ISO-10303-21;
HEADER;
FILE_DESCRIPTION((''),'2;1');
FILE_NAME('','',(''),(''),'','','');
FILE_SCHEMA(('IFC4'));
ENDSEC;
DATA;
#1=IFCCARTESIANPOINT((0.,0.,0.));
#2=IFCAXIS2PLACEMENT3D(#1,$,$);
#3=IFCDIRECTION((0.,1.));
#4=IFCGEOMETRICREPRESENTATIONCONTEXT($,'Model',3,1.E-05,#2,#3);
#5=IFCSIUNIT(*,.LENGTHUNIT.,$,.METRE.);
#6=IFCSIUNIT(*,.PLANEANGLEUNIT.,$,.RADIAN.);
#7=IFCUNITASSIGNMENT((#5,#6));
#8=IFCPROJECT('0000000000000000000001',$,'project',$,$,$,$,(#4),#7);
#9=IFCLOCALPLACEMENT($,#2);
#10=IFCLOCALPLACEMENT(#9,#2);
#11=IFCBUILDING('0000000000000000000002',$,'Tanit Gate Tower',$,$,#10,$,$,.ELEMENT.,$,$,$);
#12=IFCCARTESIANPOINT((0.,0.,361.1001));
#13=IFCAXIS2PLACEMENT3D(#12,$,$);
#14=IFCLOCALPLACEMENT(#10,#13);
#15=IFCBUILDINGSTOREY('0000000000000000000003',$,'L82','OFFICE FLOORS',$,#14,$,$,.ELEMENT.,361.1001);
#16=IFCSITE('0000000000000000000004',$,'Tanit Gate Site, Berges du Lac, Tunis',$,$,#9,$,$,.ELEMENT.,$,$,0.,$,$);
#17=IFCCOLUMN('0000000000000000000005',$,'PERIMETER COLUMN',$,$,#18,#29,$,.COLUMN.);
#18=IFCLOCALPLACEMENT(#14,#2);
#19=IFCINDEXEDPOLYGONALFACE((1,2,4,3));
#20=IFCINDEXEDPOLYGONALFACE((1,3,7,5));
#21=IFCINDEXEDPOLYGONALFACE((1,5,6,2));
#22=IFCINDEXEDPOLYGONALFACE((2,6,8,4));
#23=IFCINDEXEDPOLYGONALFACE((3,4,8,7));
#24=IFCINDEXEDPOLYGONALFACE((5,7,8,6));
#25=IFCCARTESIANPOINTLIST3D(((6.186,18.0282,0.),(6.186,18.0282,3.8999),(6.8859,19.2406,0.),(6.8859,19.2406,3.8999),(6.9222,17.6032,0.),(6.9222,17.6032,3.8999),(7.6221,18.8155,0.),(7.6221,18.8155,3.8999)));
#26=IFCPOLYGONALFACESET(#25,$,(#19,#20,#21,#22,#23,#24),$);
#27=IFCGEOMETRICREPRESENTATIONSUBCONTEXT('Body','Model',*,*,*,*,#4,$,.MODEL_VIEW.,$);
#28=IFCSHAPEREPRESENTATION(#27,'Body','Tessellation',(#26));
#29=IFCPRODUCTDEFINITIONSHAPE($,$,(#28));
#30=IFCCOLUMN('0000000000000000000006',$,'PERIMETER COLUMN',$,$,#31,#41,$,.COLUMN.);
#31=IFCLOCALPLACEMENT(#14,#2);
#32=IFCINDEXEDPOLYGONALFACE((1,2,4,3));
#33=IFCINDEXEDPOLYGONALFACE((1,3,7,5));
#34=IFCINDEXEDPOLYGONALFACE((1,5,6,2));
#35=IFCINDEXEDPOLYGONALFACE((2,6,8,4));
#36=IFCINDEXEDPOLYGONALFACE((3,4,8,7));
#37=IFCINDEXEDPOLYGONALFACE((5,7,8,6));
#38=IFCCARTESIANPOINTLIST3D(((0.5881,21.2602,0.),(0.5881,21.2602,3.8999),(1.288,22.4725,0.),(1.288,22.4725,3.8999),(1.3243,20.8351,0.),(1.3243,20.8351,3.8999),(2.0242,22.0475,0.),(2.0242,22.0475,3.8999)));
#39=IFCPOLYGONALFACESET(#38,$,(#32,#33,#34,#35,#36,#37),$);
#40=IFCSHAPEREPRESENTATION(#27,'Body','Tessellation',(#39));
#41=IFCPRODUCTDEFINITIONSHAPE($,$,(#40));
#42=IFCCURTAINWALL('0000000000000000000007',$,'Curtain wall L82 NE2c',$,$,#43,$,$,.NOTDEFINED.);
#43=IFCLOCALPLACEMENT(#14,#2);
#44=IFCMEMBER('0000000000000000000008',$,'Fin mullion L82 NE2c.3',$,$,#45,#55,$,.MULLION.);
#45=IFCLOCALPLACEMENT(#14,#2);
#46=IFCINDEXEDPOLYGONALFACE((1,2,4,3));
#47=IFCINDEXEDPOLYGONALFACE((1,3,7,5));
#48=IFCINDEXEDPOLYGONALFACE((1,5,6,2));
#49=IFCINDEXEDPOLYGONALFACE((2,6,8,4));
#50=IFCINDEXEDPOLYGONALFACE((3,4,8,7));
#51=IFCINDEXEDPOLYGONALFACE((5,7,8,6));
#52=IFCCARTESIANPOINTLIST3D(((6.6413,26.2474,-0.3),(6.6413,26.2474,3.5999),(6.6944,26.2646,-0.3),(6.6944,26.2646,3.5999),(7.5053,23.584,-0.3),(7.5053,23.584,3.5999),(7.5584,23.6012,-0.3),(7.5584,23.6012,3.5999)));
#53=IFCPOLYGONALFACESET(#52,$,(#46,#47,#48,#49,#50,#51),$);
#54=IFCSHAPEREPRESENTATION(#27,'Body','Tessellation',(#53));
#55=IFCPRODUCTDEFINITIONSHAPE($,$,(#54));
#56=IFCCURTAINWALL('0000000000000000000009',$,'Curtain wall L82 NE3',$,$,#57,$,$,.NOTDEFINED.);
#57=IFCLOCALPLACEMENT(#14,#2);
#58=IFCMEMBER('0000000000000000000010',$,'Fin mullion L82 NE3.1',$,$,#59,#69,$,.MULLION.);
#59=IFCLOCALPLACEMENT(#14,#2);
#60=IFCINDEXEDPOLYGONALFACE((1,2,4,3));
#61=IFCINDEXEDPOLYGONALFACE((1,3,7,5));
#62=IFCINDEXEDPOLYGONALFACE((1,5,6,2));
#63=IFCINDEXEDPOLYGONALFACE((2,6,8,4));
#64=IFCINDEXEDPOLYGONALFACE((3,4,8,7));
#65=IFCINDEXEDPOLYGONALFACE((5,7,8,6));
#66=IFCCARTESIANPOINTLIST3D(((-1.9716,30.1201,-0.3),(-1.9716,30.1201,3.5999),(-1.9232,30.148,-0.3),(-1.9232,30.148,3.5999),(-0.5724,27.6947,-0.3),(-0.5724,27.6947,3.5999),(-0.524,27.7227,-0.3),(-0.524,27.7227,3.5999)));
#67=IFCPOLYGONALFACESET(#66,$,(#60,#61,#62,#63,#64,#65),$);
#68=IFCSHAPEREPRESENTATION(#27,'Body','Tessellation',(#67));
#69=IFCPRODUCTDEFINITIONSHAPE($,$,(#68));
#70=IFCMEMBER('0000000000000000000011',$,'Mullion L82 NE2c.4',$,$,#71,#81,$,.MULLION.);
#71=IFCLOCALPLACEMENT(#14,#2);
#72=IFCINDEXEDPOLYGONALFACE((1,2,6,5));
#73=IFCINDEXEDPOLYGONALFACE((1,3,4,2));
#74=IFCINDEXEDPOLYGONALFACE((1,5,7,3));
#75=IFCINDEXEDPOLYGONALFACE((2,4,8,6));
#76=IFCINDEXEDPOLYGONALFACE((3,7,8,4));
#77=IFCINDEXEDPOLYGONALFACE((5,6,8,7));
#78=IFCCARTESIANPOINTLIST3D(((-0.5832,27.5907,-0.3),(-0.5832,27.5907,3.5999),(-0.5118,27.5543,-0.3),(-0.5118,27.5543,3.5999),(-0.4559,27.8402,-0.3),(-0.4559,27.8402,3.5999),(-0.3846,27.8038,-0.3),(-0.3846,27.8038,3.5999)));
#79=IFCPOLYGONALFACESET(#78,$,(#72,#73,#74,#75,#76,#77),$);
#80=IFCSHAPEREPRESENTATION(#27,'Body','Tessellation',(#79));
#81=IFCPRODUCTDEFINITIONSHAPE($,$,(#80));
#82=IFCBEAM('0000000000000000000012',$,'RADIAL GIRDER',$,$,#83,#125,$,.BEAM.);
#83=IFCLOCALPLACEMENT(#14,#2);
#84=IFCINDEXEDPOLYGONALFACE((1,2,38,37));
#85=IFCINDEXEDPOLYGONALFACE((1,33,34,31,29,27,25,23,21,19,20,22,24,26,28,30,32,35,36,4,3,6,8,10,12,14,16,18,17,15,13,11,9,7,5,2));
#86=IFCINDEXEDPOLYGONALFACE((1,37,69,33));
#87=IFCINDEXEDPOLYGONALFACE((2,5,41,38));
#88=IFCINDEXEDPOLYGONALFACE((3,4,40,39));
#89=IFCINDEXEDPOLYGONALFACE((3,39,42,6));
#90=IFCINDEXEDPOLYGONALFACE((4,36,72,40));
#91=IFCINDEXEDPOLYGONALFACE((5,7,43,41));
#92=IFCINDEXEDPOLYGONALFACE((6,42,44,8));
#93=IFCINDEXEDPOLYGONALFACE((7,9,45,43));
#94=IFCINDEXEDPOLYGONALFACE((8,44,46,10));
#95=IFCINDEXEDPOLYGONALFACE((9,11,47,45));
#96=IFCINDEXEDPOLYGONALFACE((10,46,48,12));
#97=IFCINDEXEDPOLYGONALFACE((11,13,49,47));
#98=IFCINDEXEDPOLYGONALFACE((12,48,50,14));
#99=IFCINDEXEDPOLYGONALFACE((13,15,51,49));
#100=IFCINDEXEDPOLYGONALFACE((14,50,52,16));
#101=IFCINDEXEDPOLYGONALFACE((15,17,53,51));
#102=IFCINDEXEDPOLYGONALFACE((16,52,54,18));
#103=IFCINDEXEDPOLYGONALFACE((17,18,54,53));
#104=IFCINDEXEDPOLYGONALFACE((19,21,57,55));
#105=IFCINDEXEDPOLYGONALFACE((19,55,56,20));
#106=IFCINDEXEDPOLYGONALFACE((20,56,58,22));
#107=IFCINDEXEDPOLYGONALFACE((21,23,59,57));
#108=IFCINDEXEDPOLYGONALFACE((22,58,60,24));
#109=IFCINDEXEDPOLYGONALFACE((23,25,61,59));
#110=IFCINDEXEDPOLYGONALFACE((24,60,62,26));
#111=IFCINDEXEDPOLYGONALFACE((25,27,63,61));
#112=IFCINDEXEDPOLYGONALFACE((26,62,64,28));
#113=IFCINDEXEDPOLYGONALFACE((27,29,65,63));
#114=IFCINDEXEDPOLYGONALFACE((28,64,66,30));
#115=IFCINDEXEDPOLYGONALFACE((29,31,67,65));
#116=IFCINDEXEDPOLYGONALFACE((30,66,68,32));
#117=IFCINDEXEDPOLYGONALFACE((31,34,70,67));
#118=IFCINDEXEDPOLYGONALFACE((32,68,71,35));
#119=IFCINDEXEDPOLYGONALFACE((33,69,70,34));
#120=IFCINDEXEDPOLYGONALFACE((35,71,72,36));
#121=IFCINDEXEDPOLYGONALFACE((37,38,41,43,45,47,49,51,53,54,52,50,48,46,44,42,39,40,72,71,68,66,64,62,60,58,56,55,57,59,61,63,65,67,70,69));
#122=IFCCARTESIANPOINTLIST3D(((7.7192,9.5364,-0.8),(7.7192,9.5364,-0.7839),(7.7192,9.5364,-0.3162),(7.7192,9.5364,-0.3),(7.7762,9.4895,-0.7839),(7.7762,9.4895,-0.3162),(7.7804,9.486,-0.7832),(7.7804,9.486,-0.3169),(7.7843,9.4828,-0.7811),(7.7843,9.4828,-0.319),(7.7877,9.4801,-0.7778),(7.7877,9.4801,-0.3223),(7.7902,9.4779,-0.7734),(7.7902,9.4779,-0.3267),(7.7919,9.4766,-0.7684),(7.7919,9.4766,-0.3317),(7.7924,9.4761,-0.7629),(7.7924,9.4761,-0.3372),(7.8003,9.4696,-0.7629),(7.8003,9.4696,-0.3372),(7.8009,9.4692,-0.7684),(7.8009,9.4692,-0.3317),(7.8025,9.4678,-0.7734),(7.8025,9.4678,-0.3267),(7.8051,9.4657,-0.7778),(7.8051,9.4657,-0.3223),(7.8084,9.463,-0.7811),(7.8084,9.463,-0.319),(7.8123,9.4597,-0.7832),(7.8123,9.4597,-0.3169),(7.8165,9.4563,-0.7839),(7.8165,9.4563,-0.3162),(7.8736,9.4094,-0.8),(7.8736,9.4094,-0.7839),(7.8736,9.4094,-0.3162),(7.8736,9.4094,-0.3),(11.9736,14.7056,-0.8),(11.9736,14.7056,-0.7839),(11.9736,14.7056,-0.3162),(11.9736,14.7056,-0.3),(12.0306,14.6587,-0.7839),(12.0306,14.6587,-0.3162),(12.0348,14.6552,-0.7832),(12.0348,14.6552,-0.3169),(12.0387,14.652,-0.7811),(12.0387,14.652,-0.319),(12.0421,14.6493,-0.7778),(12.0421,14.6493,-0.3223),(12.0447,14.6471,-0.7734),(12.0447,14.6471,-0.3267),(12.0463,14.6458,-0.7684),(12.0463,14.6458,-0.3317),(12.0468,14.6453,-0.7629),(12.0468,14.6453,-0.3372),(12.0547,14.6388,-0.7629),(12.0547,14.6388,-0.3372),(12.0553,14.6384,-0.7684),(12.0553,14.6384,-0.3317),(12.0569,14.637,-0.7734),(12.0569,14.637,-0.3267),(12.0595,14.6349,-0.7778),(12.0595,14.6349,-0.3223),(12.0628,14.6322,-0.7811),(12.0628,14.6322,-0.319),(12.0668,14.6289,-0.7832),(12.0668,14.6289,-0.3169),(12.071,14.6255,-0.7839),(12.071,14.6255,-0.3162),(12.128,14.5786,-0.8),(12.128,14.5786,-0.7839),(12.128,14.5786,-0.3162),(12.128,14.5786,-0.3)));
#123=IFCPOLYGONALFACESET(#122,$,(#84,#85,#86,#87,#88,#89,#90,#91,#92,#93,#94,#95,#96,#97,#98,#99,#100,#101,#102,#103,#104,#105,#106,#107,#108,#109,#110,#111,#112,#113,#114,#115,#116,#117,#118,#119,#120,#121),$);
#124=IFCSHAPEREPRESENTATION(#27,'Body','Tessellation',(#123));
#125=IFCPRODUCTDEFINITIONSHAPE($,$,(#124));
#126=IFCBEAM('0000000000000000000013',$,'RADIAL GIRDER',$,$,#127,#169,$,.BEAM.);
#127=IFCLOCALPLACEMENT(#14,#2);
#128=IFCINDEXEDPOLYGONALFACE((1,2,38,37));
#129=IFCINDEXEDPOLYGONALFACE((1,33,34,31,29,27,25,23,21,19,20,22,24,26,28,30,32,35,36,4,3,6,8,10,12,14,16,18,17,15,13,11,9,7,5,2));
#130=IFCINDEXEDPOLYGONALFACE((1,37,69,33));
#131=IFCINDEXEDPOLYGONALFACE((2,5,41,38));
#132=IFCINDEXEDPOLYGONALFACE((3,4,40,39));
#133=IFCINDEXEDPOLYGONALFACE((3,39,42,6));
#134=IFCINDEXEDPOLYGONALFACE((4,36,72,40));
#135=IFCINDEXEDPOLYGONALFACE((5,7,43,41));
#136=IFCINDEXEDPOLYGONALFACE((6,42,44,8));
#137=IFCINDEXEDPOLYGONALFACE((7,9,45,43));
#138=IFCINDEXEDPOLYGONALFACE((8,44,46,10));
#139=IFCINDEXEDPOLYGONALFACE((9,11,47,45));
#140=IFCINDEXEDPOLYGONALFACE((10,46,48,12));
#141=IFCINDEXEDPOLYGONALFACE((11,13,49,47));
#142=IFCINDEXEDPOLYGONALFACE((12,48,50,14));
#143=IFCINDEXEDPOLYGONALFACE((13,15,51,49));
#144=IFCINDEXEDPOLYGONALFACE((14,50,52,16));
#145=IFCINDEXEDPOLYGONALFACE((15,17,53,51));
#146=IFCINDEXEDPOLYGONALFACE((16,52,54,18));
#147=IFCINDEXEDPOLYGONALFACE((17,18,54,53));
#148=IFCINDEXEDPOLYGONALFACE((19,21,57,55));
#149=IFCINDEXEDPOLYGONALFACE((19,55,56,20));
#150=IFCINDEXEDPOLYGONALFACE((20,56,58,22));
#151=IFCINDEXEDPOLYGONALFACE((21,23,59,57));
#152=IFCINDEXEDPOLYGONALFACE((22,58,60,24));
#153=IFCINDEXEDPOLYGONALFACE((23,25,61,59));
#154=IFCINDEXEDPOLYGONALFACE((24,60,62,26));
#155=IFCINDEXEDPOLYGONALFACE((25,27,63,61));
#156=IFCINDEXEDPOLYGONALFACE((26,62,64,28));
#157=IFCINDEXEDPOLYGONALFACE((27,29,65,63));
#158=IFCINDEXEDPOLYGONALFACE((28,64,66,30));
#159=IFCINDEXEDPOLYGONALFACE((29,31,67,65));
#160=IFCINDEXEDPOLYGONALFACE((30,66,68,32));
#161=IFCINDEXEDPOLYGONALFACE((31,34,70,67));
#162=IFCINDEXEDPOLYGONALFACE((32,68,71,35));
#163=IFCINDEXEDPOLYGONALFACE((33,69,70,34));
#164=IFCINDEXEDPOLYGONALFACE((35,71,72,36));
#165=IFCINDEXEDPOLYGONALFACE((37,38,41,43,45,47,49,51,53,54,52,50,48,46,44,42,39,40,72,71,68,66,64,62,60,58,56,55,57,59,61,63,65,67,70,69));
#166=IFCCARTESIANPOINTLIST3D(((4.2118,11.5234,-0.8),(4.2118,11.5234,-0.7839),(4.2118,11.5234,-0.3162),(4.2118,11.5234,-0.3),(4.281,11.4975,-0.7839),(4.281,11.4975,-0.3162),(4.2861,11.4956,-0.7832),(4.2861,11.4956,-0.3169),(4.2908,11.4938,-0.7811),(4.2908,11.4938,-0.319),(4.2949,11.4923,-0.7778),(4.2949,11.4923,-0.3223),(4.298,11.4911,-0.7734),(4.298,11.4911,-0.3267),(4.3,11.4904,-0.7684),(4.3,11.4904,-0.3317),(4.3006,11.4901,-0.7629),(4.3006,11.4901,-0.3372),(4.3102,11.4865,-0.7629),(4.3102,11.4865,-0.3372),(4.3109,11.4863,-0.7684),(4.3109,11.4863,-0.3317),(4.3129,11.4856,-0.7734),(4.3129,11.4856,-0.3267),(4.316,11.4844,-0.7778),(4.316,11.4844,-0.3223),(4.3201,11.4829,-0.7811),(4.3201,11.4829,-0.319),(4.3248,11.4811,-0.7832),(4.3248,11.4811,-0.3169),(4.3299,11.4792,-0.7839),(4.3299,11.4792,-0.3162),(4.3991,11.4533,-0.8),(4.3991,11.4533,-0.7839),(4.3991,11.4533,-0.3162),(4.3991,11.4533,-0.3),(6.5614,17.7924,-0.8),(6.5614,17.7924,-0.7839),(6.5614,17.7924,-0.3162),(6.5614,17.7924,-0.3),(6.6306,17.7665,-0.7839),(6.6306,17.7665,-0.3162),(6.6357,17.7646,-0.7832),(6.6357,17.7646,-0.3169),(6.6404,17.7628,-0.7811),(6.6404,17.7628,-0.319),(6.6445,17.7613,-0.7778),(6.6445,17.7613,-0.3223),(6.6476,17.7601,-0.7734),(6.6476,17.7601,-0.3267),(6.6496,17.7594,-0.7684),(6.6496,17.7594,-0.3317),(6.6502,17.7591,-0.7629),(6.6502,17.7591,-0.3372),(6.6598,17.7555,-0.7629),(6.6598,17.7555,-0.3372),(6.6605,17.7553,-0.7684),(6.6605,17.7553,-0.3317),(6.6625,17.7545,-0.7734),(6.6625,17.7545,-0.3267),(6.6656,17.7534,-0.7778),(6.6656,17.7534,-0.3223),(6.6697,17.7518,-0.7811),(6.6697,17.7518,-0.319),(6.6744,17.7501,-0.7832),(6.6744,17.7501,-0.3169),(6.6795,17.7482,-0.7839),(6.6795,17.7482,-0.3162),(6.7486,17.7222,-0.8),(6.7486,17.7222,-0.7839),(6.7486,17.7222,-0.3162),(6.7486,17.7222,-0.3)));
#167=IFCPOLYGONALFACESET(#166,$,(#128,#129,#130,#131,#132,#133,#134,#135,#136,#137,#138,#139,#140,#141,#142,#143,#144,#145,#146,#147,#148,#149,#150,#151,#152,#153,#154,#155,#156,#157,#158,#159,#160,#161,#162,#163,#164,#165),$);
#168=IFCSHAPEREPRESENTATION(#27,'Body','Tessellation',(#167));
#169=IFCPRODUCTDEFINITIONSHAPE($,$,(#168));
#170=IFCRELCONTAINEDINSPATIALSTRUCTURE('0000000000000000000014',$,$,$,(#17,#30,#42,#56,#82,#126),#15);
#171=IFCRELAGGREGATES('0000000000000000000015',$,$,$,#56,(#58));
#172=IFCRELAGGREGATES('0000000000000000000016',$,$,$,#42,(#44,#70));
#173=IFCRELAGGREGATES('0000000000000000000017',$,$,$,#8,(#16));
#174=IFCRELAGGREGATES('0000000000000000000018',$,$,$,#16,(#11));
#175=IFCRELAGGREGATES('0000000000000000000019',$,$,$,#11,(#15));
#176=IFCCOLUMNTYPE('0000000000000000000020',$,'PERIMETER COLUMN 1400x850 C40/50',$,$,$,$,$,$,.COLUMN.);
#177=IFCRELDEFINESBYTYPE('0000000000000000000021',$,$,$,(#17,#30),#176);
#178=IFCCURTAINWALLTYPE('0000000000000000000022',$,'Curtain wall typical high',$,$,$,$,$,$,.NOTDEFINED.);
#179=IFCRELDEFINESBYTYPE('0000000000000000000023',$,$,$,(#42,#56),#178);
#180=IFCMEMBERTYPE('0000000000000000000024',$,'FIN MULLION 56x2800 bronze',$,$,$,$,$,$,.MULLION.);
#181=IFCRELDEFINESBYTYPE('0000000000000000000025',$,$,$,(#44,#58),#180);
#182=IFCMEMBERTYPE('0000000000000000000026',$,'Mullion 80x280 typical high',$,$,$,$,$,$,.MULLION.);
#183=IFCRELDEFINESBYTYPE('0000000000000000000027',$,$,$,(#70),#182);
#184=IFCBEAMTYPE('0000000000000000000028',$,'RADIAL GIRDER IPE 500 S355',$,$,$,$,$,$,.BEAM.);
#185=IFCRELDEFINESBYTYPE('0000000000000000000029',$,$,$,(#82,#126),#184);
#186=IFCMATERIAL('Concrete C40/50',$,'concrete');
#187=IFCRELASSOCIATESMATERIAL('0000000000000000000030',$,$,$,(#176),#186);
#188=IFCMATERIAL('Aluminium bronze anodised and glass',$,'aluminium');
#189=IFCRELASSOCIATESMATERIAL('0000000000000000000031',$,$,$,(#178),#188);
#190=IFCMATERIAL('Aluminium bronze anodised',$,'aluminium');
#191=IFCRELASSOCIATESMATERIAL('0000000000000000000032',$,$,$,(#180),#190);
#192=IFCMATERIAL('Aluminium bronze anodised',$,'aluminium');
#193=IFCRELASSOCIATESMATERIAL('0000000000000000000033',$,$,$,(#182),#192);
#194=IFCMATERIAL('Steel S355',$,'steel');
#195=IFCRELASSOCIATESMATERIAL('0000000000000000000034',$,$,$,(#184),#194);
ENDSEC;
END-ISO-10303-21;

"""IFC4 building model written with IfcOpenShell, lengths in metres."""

from ifc_helpers import new_model, si_unit, direction, frame, origin, origin_2d, place, context, subcontext, project, spatial, rectangle, i_section, extrude, material, material_profile, profile_set, type_object, element, aggregate, save


model = new_model("IFC4")

# Units and contexts
model_context = context("Model", 3, precision=1e-05, world=origin(), true_north=direction((0.0, 1.0)))
body_context = subcontext(model_context, "Body", "Model", "MODEL_VIEW")
ifc_project = project(units=[si_unit("LENGTHUNIT", "METRE"), si_unit("PLANEANGLEUNIT", "RADIAN")], contexts=[model_context])

# Site, building, storey
site_placement = place(None, origin())
site = spatial("IfcSite", under=ifc_project, at=site_placement, Name="Tanit Gate Site, Berges du Lac, Tunis", CompositionType="ELEMENT", RefElevation=0.0)
building_placement = place(site_placement, origin())
building = spatial("IfcBuilding", under=site, at=building_placement, Name="Tanit Gate Tower", CompositionType="ELEMENT")
storey_placement = place(building_placement, frame((0.0, 0.0, 361.1001)))
storey = spatial("IfcBuildingStorey", under=building, at=storey_placement, Name="L82", Description="OFFICE FLOORS", CompositionType="ELEMENT", Elevation=361.1001)

# Columns
ifc_material_1 = material(Name="Concrete C40/50", Category="concrete")
ifc_material_profile_1 = material_profile(ifc_material_1, rectangle(XDim=1.3999, YDim=0.8501, at=origin_2d()), Name="RC 1400x850")
ifc_profile_set_1 = profile_set([ifc_material_profile_1], Name="Concrete C40/50")
column_type = type_object("IfcColumnType", Name="PERIMETER COLUMN 1400x850 C40/50", PredefinedType="COLUMN", material=ifc_profile_set_1)
for number, where, z_axis, x_axis, name in (
    (1, (6.9041, 18.4219, 0.0), (0.0, 0.0, 1.0), (0.5, 0.866025, 0.0), "PERIMETER COLUMN"),
    (2, (1.3062, 21.6538, 0.0), (0.0, 0.0, 1.0), (0.5, 0.866025, 0.0), "PERIMETER COLUMN"),
):
    element("IfcColumn", number, at=place(storey_placement, frame(where, z_axis=z_axis, x_axis=x_axis)), inside=storey, type_object=column_type, Name=name, PredefinedType="COLUMN", context=body_context, shape_type="SweptSolid", body=[
        extrude(rectangle(XDim=1.3999, YDim=0.8501, at=origin_2d()), origin(), (0.0, 0.0, 1.0), 3.8999),
    ])

# Curtain walls, members
ifc_material_2 = material(Name="Aluminium bronze anodised and glass", Category="aluminium")
curtain_wall_type = type_object("IfcCurtainWallType", Name="Curtain wall typical high", PredefinedType="NOTDEFINED", material=ifc_material_2)
curtain_wall_1_placement = place(storey_placement, origin())
curtain_wall_1 = element("IfcCurtainWall", 3, at=curtain_wall_1_placement, inside=storey, type_object=curtain_wall_type, Name="Curtain wall L82 NE2c", PredefinedType="NOTDEFINED")
ifc_material_3 = material(Name="Aluminium bronze anodised", Category="aluminium")
ifc_material_profile_2 = material_profile(ifc_material_3, rectangle(XDim=2.8, YDim=0.0559, at=origin_2d()), Name="56x2800 bronze fin mullion")
ifc_profile_set_2 = profile_set([ifc_material_profile_2], Name="Aluminium bronze anodised")
member_type_1 = type_object("IfcMemberType", Name="FIN MULLION 56x2800 bronze", PredefinedType="MULLION", material=ifc_profile_set_2)
member_1_placement = place(storey_placement, frame((7.0999, 24.9243, -0.3), z_axis=(0.0, 0.0, 1.0), x_axis=(0.308568, -0.951202, 0.0)))
member_1 = element("IfcMember", 4, at=member_1_placement, type_object=member_type_1, Name="Fin mullion L82 NE2c.3", PredefinedType="MULLION", context=body_context, shape_type="SweptSolid", body=[
    extrude(rectangle(XDim=2.8, YDim=0.0559, at=origin_2d()), origin(), (0.0, 0.0, 1.0), 3.8999),
])
curtain_wall_2_placement = place(storey_placement, origin())
curtain_wall_2 = element("IfcCurtainWall", 5, at=curtain_wall_2_placement, inside=storey, type_object=curtain_wall_type, Name="Curtain wall L82 NE3", PredefinedType="NOTDEFINED")
member_2_placement = place(storey_placement, frame((-1.2478, 28.9214, -0.3), z_axis=(0.0, 0.0, 1.0), x_axis=(0.499728, -0.866182, 0.0)))
member_2 = element("IfcMember", 6, at=member_2_placement, type_object=member_type_1, Name="Fin mullion L82 NE3.1", PredefinedType="MULLION", context=body_context, shape_type="SweptSolid", body=[
    extrude(rectangle(XDim=2.8, YDim=0.0559, at=origin_2d()), origin(), (0.0, 0.0, 1.0), 3.8999),
])

# Member
ifc_material_4 = material(Name="Aluminium bronze anodised", Category="aluminium")
ifc_material_profile_3 = material_profile(ifc_material_4, rectangle(XDim=0.28, YDim=0.0801, at=origin_2d()), Name="80x280 bronze mullion")
ifc_profile_set_3 = profile_set([ifc_material_profile_3], Name="Aluminium bronze anodised")
member_type_2 = type_object("IfcMemberType", Name="Mullion 80x280 typical high", PredefinedType="MULLION", material=ifc_profile_set_3)
member_3_placement = place(storey_placement, frame((-0.4839, 27.6973, -0.3), z_axis=(0.0, 0.0, 1.0), x_axis=(-0.454411, -0.890792, 0.0)))
member_3 = element("IfcMember", 7, at=member_3_placement, type_object=member_type_2, Name="Mullion L82 NE2c.4", PredefinedType="MULLION", context=body_context, shape_type="SweptSolid", body=[
    extrude(rectangle(XDim=0.28, YDim=0.0801, at=origin_2d()), origin(), (0.0, 0.0, 1.0), 3.8999),
])

# Beams
ifc_material_5 = material(Name="Steel S355", Category="steel")
ifc_material_profile_4 = material_profile(ifc_material_5, i_section(OverallWidth=0.2, OverallDepth=0.5, WebThickness=0.0103, FlangeThickness=0.0161, FilletRadius=0.021, at=origin_2d()), Name="IPE 500")
ifc_profile_set_4 = profile_set([ifc_material_profile_4], Name="Steel S355")
beam_type = type_object("IfcBeamType", Name="RADIAL GIRDER IPE 500 S355", PredefinedType="BEAM", material=ifc_profile_set_4)
for number, where, z_axis, x_axis, name in (
    (8, (12.0508, 14.6421, -0.55), (-0.635477, -0.77212, 0.0), (0.77212, -0.635477, 0.0), "RADIAL GIRDER"),
    (9, (6.655, 17.7573, -0.55), (-0.350956, -0.936392, 0.0), (0.936392, -0.350956, 0.0), "RADIAL GIRDER"),
):
    element("IfcBeam", number, at=place(storey_placement, frame(where, z_axis=z_axis, x_axis=x_axis)), inside=storey, type_object=beam_type, Name=name, PredefinedType="BEAM", context=body_context, shape_type="SweptSolid", body=[
        extrude(i_section(OverallWidth=0.2, OverallDepth=0.5, WebThickness=0.0103, FlangeThickness=0.0161, FilletRadius=0.021, at=origin_2d()), origin(), (0.0, 0.0, 1.0), 6.6948),
    ])

aggregate(curtain_wall_2, [member_2])

aggregate(curtain_wall_1, [member_1, member_3])

save(model, "model.ifc")
